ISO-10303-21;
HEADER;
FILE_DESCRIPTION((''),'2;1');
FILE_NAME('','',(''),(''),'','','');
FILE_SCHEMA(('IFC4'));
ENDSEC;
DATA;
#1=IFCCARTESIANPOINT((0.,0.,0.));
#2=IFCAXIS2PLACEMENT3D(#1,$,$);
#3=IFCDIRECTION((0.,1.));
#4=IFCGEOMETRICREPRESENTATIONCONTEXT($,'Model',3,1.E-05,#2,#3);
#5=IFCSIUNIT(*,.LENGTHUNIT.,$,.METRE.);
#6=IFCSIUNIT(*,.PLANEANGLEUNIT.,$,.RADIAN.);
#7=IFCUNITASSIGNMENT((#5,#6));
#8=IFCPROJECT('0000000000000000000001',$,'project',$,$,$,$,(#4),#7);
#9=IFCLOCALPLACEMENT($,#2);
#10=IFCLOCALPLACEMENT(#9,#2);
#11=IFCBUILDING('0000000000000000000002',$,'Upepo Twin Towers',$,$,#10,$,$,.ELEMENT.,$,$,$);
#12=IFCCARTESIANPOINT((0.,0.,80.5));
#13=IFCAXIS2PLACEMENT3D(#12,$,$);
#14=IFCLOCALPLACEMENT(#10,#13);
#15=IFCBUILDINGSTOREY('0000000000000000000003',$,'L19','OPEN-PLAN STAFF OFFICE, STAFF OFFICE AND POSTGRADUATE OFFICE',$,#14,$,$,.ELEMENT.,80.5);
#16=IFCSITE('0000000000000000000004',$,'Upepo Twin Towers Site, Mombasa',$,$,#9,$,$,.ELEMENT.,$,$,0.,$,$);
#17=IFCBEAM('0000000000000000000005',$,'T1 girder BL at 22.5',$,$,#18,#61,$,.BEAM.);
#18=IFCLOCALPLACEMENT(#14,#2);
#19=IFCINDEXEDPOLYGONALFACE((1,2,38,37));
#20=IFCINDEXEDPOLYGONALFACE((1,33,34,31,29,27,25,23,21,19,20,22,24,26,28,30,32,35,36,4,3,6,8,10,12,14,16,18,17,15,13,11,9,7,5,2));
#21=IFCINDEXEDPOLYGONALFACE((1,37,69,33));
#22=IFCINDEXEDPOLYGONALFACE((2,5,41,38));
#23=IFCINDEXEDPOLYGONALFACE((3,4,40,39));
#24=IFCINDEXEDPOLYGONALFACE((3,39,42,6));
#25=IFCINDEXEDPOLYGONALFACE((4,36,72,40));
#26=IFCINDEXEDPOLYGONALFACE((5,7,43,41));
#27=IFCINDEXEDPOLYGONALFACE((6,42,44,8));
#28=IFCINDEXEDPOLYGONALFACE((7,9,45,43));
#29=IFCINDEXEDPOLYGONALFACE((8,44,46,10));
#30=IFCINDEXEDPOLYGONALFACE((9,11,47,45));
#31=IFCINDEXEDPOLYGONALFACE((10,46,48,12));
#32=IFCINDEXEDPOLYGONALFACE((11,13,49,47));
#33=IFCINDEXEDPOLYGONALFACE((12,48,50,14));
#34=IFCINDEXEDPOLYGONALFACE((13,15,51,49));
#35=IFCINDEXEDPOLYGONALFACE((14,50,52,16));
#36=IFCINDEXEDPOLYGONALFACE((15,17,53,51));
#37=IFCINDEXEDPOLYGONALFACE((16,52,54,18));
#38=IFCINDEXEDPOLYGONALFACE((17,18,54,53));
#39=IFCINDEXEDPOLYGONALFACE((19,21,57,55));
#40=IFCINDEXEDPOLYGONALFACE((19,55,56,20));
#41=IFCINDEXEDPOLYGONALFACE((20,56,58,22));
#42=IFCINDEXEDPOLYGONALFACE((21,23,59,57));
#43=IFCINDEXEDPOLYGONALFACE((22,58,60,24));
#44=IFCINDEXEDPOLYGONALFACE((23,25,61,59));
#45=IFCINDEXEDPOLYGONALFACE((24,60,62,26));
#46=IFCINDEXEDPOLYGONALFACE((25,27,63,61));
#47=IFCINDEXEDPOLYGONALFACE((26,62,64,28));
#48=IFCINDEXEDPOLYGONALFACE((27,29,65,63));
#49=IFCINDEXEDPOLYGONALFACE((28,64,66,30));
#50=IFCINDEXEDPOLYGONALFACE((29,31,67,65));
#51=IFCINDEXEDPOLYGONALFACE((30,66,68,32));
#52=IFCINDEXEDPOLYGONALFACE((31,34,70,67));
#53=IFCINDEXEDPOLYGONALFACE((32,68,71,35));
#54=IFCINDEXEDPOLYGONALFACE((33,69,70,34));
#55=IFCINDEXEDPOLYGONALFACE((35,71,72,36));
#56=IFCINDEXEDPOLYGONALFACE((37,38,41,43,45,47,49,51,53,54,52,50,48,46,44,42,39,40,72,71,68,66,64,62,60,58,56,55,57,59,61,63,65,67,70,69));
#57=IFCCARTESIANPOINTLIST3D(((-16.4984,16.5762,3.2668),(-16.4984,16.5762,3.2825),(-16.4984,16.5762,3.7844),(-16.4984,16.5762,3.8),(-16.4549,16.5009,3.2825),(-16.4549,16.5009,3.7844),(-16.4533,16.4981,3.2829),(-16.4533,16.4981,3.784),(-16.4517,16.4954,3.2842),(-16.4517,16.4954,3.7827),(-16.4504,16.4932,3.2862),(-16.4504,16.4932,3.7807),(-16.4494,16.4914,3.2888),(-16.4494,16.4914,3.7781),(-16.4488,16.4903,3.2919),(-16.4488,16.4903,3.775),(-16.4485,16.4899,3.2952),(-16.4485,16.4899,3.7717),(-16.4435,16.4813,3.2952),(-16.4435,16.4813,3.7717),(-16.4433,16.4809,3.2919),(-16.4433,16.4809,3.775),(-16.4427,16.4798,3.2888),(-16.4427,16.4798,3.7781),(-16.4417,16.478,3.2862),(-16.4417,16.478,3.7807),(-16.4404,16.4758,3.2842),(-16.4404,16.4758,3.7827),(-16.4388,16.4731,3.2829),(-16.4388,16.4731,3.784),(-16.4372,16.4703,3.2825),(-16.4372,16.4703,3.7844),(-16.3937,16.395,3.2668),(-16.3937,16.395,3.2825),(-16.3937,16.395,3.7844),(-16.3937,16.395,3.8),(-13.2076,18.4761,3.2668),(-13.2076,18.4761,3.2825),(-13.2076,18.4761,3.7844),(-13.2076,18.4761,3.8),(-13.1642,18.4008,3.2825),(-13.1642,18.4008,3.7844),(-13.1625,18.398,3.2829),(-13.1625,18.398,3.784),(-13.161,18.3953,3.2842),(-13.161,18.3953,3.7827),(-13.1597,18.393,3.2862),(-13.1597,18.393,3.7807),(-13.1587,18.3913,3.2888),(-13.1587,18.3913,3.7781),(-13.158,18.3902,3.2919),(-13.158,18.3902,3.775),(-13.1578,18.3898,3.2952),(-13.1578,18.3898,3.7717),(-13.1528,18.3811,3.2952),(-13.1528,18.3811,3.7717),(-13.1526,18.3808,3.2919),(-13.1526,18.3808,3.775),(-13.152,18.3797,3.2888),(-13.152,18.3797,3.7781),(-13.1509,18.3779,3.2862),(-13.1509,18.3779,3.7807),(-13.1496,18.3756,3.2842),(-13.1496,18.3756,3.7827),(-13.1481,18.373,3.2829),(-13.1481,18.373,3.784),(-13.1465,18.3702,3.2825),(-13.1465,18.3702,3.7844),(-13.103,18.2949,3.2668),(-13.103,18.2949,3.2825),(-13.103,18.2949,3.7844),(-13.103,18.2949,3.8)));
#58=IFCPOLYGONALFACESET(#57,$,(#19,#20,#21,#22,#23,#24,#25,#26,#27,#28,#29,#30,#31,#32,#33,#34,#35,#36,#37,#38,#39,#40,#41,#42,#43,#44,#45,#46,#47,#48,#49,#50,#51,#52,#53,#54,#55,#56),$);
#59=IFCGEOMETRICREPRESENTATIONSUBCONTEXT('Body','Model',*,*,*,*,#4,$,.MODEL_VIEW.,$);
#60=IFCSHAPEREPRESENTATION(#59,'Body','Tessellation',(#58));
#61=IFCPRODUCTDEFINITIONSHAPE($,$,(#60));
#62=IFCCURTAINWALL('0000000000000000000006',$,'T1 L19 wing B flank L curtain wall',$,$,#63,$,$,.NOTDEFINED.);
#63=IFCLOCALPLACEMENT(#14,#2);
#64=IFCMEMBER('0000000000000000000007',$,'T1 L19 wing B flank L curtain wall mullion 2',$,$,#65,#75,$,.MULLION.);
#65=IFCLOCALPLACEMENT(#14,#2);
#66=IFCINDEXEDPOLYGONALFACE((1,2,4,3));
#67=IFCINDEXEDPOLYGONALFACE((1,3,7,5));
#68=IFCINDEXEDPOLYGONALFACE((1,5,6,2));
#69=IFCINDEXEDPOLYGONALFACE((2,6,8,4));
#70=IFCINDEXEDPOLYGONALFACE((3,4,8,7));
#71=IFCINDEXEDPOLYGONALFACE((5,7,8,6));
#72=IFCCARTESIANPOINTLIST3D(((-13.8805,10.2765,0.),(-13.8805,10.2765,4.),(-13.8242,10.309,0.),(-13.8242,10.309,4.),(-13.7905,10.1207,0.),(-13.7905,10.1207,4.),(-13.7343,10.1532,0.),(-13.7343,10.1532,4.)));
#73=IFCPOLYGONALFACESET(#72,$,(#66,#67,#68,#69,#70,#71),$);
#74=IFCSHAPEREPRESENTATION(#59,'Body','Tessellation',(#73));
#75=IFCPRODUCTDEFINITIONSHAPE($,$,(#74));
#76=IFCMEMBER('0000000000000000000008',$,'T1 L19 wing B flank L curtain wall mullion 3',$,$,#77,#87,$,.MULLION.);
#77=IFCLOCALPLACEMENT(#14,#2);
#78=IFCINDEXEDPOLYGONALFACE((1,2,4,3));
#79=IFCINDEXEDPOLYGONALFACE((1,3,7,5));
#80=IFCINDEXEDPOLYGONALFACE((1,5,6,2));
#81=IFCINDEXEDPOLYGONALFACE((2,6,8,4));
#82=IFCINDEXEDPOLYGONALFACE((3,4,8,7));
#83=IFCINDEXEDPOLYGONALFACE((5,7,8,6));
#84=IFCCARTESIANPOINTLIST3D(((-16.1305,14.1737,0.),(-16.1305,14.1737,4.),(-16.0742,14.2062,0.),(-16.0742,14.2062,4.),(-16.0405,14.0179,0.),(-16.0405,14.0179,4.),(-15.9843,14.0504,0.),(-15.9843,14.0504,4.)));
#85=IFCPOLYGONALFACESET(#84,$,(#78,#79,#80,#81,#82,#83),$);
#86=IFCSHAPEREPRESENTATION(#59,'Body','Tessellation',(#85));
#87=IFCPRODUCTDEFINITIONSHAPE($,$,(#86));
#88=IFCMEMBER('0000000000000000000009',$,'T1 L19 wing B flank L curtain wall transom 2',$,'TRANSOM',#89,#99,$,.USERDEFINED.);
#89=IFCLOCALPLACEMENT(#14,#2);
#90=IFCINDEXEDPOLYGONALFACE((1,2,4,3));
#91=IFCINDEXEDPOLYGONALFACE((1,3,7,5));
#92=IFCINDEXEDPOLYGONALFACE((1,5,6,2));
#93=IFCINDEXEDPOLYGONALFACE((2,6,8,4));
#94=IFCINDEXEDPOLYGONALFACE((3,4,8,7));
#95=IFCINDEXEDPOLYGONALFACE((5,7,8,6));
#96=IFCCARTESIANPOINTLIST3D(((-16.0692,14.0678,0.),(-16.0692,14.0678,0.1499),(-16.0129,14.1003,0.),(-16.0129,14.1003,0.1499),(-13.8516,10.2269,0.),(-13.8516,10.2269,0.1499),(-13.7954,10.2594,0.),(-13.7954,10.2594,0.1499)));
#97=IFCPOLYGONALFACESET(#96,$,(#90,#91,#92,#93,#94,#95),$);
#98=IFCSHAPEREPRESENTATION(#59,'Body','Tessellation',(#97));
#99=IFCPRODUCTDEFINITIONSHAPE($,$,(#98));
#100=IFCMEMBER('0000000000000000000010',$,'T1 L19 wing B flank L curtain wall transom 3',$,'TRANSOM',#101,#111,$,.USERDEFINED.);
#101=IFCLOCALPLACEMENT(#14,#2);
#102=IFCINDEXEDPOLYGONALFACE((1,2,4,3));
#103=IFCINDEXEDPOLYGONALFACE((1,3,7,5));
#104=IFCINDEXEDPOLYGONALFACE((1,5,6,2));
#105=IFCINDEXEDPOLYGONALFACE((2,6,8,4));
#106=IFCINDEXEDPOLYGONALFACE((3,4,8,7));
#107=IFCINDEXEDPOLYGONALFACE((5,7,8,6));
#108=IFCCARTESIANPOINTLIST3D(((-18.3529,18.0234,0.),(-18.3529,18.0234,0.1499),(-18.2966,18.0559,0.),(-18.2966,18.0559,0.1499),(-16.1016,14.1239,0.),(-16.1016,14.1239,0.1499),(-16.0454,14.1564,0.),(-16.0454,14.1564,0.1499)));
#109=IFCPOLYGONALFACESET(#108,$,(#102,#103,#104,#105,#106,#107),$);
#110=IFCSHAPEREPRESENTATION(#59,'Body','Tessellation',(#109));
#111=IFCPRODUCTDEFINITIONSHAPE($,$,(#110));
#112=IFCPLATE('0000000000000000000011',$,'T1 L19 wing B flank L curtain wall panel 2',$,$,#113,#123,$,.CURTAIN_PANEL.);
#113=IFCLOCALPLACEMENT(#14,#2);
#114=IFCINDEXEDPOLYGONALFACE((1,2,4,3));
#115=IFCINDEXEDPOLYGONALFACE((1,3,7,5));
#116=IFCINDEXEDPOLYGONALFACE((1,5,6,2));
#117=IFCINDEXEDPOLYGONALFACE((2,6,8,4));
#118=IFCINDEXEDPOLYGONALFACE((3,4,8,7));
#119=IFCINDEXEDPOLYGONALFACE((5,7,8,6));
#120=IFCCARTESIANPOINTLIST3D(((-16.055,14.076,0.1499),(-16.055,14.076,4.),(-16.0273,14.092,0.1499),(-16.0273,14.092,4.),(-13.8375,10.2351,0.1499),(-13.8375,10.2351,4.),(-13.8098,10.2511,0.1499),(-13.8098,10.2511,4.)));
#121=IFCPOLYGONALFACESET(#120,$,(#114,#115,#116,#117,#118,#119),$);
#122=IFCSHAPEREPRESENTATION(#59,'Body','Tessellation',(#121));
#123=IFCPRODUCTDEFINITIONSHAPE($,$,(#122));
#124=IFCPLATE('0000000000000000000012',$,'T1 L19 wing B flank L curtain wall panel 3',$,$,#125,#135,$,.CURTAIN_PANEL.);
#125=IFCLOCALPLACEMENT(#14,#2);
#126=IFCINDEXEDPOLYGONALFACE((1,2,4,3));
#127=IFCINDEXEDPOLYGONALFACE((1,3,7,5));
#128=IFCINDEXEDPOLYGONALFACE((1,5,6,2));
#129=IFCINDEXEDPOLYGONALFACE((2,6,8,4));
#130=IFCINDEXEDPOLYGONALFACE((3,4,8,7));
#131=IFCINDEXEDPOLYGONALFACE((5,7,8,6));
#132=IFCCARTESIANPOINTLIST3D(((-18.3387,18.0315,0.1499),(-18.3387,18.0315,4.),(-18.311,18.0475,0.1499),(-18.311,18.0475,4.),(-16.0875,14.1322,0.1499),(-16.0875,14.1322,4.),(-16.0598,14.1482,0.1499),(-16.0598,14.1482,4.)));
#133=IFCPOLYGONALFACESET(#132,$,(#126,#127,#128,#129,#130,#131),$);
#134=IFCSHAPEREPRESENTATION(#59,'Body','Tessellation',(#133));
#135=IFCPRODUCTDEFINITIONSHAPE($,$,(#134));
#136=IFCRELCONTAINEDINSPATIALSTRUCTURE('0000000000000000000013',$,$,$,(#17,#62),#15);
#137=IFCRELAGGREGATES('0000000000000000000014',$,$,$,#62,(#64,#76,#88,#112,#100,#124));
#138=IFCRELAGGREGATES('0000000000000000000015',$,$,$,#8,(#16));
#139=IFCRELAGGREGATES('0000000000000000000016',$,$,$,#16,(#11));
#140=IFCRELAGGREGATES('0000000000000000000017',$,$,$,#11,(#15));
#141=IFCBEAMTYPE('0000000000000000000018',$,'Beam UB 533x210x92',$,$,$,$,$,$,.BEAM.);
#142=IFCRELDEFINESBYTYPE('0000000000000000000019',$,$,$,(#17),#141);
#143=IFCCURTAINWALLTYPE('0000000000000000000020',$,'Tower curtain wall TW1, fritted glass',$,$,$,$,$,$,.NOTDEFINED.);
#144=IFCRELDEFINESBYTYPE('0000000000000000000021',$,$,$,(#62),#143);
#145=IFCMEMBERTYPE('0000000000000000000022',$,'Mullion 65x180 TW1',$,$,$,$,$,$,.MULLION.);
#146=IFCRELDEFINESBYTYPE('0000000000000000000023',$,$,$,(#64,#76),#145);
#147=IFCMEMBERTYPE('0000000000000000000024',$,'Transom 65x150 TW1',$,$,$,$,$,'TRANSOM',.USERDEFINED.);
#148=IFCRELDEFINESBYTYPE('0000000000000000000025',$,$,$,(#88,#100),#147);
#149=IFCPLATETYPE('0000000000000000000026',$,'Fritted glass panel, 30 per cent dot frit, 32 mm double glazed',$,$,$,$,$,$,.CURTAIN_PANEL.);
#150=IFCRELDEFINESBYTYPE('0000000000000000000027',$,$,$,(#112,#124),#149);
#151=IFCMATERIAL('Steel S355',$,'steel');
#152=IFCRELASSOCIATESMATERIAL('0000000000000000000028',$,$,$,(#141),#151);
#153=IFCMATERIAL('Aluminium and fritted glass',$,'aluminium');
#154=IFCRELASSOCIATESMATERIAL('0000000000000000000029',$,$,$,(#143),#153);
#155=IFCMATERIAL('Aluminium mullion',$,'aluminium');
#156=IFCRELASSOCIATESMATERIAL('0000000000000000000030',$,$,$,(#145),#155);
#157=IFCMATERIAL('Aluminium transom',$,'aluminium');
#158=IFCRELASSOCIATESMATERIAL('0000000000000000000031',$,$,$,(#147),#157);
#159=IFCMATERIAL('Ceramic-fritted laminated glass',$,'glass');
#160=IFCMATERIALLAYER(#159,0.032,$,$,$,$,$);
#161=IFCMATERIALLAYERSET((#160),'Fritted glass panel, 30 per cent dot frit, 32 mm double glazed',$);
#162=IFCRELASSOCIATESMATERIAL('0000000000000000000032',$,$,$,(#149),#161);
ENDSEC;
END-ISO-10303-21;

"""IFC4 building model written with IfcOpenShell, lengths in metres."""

from ifc_helpers import new_model, si_unit, direction, frame, origin, origin_2d, place, context, subcontext, project, spatial, rectangle, i_section, extrude, material, layer, layer_set, material_profile, profile_set, type_object, element, aggregate, save


model = new_model("IFC4")

# Units and contexts
model_context = context("Model", 3, precision=1e-05, world=origin(), true_north=direction((0.0, 1.0)))
body_context = subcontext(model_context, "Body", "Model", "MODEL_VIEW")
ifc_project = project(units=[si_unit("LENGTHUNIT", "METRE"), si_unit("PLANEANGLEUNIT", "RADIAN")], contexts=[model_context])

# Site, building, storey
site_placement = place(None, origin())
site = spatial("IfcSite", under=ifc_project, at=site_placement, Name="Upepo Twin Towers Site, Mombasa", CompositionType="ELEMENT", RefElevation=0.0)
building_placement = place(site_placement, origin())
building = spatial("IfcBuilding", under=site, at=building_placement, Name="Upepo Twin Towers", CompositionType="ELEMENT")
storey_placement = place(building_placement, frame((0.0, 0.0, 80.5)))
storey = spatial("IfcBuildingStorey", under=building, at=storey_placement, Name="L19", Description="OPEN-PLAN STAFF OFFICE, STAFF OFFICE AND POSTGRADUATE OFFICE", CompositionType="ELEMENT", Elevation=80.5)

# Beam
ifc_material_1 = material(Name="Steel S355", Category="steel")
ifc_material_profile_1 = material_profile(ifc_material_1, i_section(OverallWidth=0.2092, OverallDepth=0.5332, WebThickness=0.01, FlangeThickness=0.0156, FilletRadius=0.0127, at=origin_2d()), Name="UB 533x210x92")
ifc_profile_set_1 = profile_set([ifc_material_profile_1], Name="Steel S355")
beam_type_1 = type_object("IfcBeamType", Name="Beam UB 533x210x92", PredefinedType="BEAM", material=ifc_profile_set_1)
beam_1_placement = place(storey_placement, frame((-16.446, 16.4856, 3.5334), z_axis=(0.866028, 0.499995, 0.0), x_axis=(-0.499995, 0.866028, 0.0)))
element("IfcBeam", 1, at=beam_1_placement, inside=storey, type_object=beam_type_1, Name="T1 girder BL at 22.5", PredefinedType="BEAM", context=body_context, shape_type="SweptSolid", body=[
    extrude(i_section(OverallWidth=0.2092, OverallDepth=0.5332, WebThickness=0.01, FlangeThickness=0.0156, FilletRadius=0.0127, at=origin_2d()), origin(), (0.0, 0.0, 1.0), 3.7998),
])

# Curtain wall, members, plates
ifc_material_2 = material(Name="Aluminium and fritted glass", Category="aluminium")
curtain_wall_type = type_object("IfcCurtainWallType", Name="Tower curtain wall TW1, fritted glass", PredefinedType="NOTDEFINED", material=ifc_material_2)
curtain_wall_placement = place(storey_placement, origin())
curtain_wall = element("IfcCurtainWall", 2, at=curtain_wall_placement, inside=storey, type_object=curtain_wall_type, Name="T1 L19 wing B flank L curtain wall", PredefinedType="NOTDEFINED")
ifc_material_3 = material(Name="Aluminium mullion", Category="aluminium")
ifc_material_profile_2 = material_profile(ifc_material_3, rectangle(XDim=0.0649, YDim=0.1799, at=origin_2d()), Name="MULLION 65x180")
ifc_profile_set_2 = profile_set([ifc_material_profile_2], Name="Aluminium mullion")
member_type_1 = type_object("IfcMemberType", Name="Mullion 65x180 TW1", PredefinedType="MULLION", material=ifc_profile_set_2)
member_1_placement = place(storey_placement, frame((-13.8074, 10.2148, 0.0), z_axis=(0.0, 0.0, 1.0), x_axis=(-0.866025, -0.5, 0.0)))
member_1 = element("IfcMember", 3, at=member_1_placement, type_object=member_type_1, Name="T1 L19 wing B flank L curtain wall mullion 2", PredefinedType="MULLION", context=body_context, shape_type="SweptSolid", body=[
    extrude(rectangle(XDim=0.0649, YDim=0.1799, at=origin_2d()), origin(), (0.0, 0.0, 1.0), 4.0),
])
member_2_placement = place(storey_placement, frame((-16.0574, 14.1121, 0.0), z_axis=(0.0, 0.0, 1.0), x_axis=(-0.866025, -0.5, 0.0)))
member_2 = element("IfcMember", 4, at=member_2_placement, type_object=member_type_1, Name="T1 L19 wing B flank L curtain wall mullion 3", PredefinedType="MULLION", context=body_context, shape_type="SweptSolid", body=[
    extrude(rectangle(XDim=0.0649, YDim=0.1799, at=origin_2d()), origin(), (0.0, 0.0, 1.0), 4.0),
])
ifc_material_4 = material(Name="Aluminium transom", Category="aluminium")
ifc_material_profile_3 = material_profile(ifc_material_4, rectangle(XDim=0.0649, YDim=0.1499, at=origin_2d()), Name="TRANSOM 65x150")
ifc_profile_set_3 = profile_set([ifc_material_profile_3], Name="Aluminium transom")
member_type_2 = type_object("IfcMemberType", Name="Transom 65x150 TW1", ElementType="TRANSOM", PredefinedType="USERDEFINED", material=ifc_profile_set_3)
member_3_placement = place(storey_placement, frame((-13.8235, 10.2432, 0.075), z_axis=(-0.500005, 0.866022, 0.0), x_axis=(-0.866022, -0.500005, 0.0)))
member_3 = element("IfcMember", 5, at=member_3_placement, type_object=member_type_2, Name="T1 L19 wing B flank L curtain wall transom 2", ObjectType="TRANSOM", PredefinedType="USERDEFINED", context=body_context, shape_type="SweptSolid", body=[
    extrude(rectangle(XDim=0.0649, YDim=0.1499, at=origin_2d()), origin(), (0.0, 0.0, 1.0), 4.4351),
])
member_4_placement = place(storey_placement, frame((-16.0735, 14.1401, 0.075), z_axis=(-0.499982, 0.866036, 0.0), x_axis=(-0.866036, -0.499982, 0.0)))
member_4 = element("IfcMember", 6, at=member_4_placement, type_object=member_type_2, Name="T1 L19 wing B flank L curtain wall transom 3", ObjectType="TRANSOM", PredefinedType="USERDEFINED", context=body_context, shape_type="SweptSolid", body=[
    extrude(rectangle(XDim=0.0649, YDim=0.1499, at=origin_2d()), origin(), (0.0, 0.0, 1.0), 4.5027),
])
ifc_material_5 = material(Name="Ceramic-fritted laminated glass", Category="glass")
ifc_layer_1 = layer(ifc_material_5, 0.032)
ifc_layer_set_1 = layer_set([ifc_layer_1], Name="Fritted glass panel, 30 per cent dot frit, 32 mm double glazed")
plate_type = type_object("IfcPlateType", Name="Fritted glass panel, 30 per cent dot frit, 32 mm double glazed", PredefinedType="CURTAIN_PANEL", material=ifc_layer_set_1)
plate_1_placement = place(storey_placement, frame((-14.9324, 12.1636, 0.1499), z_axis=(0.0, 0.0, 1.0), x_axis=(-0.5, 0.866025, 0.0)))
plate_1 = element("IfcPlate", 7, at=plate_1_placement, type_object=plate_type, Name="T1 L19 wing B flank L curtain wall panel 2", PredefinedType="CURTAIN_PANEL", context=body_context, shape_type="SweptSolid", body=[
    extrude(rectangle(XDim=4.4351, YDim=0.032, at=origin_2d()), origin(), (0.0, 0.0, 1.0), 3.8501),
])
plate_2_placement = place(storey_placement, frame((-17.1992, 16.0898, 0.1499), z_axis=(0.0, 0.0, 1.0), x_axis=(-0.5, 0.866025, 0.0)))
plate_2 = element("IfcPlate", 8, at=plate_2_placement, type_object=plate_type, Name="T1 L19 wing B flank L curtain wall panel 3", PredefinedType="CURTAIN_PANEL", context=body_context, shape_type="SweptSolid", body=[
    extrude(rectangle(XDim=4.5024, YDim=0.032, at=origin_2d()), origin(), (0.0, 0.0, 1.0), 3.8501),
])
aggregate(curtain_wall, [member_1, member_2, member_3, plate_1, member_4, plate_2])

save(model, "model.ifc")
